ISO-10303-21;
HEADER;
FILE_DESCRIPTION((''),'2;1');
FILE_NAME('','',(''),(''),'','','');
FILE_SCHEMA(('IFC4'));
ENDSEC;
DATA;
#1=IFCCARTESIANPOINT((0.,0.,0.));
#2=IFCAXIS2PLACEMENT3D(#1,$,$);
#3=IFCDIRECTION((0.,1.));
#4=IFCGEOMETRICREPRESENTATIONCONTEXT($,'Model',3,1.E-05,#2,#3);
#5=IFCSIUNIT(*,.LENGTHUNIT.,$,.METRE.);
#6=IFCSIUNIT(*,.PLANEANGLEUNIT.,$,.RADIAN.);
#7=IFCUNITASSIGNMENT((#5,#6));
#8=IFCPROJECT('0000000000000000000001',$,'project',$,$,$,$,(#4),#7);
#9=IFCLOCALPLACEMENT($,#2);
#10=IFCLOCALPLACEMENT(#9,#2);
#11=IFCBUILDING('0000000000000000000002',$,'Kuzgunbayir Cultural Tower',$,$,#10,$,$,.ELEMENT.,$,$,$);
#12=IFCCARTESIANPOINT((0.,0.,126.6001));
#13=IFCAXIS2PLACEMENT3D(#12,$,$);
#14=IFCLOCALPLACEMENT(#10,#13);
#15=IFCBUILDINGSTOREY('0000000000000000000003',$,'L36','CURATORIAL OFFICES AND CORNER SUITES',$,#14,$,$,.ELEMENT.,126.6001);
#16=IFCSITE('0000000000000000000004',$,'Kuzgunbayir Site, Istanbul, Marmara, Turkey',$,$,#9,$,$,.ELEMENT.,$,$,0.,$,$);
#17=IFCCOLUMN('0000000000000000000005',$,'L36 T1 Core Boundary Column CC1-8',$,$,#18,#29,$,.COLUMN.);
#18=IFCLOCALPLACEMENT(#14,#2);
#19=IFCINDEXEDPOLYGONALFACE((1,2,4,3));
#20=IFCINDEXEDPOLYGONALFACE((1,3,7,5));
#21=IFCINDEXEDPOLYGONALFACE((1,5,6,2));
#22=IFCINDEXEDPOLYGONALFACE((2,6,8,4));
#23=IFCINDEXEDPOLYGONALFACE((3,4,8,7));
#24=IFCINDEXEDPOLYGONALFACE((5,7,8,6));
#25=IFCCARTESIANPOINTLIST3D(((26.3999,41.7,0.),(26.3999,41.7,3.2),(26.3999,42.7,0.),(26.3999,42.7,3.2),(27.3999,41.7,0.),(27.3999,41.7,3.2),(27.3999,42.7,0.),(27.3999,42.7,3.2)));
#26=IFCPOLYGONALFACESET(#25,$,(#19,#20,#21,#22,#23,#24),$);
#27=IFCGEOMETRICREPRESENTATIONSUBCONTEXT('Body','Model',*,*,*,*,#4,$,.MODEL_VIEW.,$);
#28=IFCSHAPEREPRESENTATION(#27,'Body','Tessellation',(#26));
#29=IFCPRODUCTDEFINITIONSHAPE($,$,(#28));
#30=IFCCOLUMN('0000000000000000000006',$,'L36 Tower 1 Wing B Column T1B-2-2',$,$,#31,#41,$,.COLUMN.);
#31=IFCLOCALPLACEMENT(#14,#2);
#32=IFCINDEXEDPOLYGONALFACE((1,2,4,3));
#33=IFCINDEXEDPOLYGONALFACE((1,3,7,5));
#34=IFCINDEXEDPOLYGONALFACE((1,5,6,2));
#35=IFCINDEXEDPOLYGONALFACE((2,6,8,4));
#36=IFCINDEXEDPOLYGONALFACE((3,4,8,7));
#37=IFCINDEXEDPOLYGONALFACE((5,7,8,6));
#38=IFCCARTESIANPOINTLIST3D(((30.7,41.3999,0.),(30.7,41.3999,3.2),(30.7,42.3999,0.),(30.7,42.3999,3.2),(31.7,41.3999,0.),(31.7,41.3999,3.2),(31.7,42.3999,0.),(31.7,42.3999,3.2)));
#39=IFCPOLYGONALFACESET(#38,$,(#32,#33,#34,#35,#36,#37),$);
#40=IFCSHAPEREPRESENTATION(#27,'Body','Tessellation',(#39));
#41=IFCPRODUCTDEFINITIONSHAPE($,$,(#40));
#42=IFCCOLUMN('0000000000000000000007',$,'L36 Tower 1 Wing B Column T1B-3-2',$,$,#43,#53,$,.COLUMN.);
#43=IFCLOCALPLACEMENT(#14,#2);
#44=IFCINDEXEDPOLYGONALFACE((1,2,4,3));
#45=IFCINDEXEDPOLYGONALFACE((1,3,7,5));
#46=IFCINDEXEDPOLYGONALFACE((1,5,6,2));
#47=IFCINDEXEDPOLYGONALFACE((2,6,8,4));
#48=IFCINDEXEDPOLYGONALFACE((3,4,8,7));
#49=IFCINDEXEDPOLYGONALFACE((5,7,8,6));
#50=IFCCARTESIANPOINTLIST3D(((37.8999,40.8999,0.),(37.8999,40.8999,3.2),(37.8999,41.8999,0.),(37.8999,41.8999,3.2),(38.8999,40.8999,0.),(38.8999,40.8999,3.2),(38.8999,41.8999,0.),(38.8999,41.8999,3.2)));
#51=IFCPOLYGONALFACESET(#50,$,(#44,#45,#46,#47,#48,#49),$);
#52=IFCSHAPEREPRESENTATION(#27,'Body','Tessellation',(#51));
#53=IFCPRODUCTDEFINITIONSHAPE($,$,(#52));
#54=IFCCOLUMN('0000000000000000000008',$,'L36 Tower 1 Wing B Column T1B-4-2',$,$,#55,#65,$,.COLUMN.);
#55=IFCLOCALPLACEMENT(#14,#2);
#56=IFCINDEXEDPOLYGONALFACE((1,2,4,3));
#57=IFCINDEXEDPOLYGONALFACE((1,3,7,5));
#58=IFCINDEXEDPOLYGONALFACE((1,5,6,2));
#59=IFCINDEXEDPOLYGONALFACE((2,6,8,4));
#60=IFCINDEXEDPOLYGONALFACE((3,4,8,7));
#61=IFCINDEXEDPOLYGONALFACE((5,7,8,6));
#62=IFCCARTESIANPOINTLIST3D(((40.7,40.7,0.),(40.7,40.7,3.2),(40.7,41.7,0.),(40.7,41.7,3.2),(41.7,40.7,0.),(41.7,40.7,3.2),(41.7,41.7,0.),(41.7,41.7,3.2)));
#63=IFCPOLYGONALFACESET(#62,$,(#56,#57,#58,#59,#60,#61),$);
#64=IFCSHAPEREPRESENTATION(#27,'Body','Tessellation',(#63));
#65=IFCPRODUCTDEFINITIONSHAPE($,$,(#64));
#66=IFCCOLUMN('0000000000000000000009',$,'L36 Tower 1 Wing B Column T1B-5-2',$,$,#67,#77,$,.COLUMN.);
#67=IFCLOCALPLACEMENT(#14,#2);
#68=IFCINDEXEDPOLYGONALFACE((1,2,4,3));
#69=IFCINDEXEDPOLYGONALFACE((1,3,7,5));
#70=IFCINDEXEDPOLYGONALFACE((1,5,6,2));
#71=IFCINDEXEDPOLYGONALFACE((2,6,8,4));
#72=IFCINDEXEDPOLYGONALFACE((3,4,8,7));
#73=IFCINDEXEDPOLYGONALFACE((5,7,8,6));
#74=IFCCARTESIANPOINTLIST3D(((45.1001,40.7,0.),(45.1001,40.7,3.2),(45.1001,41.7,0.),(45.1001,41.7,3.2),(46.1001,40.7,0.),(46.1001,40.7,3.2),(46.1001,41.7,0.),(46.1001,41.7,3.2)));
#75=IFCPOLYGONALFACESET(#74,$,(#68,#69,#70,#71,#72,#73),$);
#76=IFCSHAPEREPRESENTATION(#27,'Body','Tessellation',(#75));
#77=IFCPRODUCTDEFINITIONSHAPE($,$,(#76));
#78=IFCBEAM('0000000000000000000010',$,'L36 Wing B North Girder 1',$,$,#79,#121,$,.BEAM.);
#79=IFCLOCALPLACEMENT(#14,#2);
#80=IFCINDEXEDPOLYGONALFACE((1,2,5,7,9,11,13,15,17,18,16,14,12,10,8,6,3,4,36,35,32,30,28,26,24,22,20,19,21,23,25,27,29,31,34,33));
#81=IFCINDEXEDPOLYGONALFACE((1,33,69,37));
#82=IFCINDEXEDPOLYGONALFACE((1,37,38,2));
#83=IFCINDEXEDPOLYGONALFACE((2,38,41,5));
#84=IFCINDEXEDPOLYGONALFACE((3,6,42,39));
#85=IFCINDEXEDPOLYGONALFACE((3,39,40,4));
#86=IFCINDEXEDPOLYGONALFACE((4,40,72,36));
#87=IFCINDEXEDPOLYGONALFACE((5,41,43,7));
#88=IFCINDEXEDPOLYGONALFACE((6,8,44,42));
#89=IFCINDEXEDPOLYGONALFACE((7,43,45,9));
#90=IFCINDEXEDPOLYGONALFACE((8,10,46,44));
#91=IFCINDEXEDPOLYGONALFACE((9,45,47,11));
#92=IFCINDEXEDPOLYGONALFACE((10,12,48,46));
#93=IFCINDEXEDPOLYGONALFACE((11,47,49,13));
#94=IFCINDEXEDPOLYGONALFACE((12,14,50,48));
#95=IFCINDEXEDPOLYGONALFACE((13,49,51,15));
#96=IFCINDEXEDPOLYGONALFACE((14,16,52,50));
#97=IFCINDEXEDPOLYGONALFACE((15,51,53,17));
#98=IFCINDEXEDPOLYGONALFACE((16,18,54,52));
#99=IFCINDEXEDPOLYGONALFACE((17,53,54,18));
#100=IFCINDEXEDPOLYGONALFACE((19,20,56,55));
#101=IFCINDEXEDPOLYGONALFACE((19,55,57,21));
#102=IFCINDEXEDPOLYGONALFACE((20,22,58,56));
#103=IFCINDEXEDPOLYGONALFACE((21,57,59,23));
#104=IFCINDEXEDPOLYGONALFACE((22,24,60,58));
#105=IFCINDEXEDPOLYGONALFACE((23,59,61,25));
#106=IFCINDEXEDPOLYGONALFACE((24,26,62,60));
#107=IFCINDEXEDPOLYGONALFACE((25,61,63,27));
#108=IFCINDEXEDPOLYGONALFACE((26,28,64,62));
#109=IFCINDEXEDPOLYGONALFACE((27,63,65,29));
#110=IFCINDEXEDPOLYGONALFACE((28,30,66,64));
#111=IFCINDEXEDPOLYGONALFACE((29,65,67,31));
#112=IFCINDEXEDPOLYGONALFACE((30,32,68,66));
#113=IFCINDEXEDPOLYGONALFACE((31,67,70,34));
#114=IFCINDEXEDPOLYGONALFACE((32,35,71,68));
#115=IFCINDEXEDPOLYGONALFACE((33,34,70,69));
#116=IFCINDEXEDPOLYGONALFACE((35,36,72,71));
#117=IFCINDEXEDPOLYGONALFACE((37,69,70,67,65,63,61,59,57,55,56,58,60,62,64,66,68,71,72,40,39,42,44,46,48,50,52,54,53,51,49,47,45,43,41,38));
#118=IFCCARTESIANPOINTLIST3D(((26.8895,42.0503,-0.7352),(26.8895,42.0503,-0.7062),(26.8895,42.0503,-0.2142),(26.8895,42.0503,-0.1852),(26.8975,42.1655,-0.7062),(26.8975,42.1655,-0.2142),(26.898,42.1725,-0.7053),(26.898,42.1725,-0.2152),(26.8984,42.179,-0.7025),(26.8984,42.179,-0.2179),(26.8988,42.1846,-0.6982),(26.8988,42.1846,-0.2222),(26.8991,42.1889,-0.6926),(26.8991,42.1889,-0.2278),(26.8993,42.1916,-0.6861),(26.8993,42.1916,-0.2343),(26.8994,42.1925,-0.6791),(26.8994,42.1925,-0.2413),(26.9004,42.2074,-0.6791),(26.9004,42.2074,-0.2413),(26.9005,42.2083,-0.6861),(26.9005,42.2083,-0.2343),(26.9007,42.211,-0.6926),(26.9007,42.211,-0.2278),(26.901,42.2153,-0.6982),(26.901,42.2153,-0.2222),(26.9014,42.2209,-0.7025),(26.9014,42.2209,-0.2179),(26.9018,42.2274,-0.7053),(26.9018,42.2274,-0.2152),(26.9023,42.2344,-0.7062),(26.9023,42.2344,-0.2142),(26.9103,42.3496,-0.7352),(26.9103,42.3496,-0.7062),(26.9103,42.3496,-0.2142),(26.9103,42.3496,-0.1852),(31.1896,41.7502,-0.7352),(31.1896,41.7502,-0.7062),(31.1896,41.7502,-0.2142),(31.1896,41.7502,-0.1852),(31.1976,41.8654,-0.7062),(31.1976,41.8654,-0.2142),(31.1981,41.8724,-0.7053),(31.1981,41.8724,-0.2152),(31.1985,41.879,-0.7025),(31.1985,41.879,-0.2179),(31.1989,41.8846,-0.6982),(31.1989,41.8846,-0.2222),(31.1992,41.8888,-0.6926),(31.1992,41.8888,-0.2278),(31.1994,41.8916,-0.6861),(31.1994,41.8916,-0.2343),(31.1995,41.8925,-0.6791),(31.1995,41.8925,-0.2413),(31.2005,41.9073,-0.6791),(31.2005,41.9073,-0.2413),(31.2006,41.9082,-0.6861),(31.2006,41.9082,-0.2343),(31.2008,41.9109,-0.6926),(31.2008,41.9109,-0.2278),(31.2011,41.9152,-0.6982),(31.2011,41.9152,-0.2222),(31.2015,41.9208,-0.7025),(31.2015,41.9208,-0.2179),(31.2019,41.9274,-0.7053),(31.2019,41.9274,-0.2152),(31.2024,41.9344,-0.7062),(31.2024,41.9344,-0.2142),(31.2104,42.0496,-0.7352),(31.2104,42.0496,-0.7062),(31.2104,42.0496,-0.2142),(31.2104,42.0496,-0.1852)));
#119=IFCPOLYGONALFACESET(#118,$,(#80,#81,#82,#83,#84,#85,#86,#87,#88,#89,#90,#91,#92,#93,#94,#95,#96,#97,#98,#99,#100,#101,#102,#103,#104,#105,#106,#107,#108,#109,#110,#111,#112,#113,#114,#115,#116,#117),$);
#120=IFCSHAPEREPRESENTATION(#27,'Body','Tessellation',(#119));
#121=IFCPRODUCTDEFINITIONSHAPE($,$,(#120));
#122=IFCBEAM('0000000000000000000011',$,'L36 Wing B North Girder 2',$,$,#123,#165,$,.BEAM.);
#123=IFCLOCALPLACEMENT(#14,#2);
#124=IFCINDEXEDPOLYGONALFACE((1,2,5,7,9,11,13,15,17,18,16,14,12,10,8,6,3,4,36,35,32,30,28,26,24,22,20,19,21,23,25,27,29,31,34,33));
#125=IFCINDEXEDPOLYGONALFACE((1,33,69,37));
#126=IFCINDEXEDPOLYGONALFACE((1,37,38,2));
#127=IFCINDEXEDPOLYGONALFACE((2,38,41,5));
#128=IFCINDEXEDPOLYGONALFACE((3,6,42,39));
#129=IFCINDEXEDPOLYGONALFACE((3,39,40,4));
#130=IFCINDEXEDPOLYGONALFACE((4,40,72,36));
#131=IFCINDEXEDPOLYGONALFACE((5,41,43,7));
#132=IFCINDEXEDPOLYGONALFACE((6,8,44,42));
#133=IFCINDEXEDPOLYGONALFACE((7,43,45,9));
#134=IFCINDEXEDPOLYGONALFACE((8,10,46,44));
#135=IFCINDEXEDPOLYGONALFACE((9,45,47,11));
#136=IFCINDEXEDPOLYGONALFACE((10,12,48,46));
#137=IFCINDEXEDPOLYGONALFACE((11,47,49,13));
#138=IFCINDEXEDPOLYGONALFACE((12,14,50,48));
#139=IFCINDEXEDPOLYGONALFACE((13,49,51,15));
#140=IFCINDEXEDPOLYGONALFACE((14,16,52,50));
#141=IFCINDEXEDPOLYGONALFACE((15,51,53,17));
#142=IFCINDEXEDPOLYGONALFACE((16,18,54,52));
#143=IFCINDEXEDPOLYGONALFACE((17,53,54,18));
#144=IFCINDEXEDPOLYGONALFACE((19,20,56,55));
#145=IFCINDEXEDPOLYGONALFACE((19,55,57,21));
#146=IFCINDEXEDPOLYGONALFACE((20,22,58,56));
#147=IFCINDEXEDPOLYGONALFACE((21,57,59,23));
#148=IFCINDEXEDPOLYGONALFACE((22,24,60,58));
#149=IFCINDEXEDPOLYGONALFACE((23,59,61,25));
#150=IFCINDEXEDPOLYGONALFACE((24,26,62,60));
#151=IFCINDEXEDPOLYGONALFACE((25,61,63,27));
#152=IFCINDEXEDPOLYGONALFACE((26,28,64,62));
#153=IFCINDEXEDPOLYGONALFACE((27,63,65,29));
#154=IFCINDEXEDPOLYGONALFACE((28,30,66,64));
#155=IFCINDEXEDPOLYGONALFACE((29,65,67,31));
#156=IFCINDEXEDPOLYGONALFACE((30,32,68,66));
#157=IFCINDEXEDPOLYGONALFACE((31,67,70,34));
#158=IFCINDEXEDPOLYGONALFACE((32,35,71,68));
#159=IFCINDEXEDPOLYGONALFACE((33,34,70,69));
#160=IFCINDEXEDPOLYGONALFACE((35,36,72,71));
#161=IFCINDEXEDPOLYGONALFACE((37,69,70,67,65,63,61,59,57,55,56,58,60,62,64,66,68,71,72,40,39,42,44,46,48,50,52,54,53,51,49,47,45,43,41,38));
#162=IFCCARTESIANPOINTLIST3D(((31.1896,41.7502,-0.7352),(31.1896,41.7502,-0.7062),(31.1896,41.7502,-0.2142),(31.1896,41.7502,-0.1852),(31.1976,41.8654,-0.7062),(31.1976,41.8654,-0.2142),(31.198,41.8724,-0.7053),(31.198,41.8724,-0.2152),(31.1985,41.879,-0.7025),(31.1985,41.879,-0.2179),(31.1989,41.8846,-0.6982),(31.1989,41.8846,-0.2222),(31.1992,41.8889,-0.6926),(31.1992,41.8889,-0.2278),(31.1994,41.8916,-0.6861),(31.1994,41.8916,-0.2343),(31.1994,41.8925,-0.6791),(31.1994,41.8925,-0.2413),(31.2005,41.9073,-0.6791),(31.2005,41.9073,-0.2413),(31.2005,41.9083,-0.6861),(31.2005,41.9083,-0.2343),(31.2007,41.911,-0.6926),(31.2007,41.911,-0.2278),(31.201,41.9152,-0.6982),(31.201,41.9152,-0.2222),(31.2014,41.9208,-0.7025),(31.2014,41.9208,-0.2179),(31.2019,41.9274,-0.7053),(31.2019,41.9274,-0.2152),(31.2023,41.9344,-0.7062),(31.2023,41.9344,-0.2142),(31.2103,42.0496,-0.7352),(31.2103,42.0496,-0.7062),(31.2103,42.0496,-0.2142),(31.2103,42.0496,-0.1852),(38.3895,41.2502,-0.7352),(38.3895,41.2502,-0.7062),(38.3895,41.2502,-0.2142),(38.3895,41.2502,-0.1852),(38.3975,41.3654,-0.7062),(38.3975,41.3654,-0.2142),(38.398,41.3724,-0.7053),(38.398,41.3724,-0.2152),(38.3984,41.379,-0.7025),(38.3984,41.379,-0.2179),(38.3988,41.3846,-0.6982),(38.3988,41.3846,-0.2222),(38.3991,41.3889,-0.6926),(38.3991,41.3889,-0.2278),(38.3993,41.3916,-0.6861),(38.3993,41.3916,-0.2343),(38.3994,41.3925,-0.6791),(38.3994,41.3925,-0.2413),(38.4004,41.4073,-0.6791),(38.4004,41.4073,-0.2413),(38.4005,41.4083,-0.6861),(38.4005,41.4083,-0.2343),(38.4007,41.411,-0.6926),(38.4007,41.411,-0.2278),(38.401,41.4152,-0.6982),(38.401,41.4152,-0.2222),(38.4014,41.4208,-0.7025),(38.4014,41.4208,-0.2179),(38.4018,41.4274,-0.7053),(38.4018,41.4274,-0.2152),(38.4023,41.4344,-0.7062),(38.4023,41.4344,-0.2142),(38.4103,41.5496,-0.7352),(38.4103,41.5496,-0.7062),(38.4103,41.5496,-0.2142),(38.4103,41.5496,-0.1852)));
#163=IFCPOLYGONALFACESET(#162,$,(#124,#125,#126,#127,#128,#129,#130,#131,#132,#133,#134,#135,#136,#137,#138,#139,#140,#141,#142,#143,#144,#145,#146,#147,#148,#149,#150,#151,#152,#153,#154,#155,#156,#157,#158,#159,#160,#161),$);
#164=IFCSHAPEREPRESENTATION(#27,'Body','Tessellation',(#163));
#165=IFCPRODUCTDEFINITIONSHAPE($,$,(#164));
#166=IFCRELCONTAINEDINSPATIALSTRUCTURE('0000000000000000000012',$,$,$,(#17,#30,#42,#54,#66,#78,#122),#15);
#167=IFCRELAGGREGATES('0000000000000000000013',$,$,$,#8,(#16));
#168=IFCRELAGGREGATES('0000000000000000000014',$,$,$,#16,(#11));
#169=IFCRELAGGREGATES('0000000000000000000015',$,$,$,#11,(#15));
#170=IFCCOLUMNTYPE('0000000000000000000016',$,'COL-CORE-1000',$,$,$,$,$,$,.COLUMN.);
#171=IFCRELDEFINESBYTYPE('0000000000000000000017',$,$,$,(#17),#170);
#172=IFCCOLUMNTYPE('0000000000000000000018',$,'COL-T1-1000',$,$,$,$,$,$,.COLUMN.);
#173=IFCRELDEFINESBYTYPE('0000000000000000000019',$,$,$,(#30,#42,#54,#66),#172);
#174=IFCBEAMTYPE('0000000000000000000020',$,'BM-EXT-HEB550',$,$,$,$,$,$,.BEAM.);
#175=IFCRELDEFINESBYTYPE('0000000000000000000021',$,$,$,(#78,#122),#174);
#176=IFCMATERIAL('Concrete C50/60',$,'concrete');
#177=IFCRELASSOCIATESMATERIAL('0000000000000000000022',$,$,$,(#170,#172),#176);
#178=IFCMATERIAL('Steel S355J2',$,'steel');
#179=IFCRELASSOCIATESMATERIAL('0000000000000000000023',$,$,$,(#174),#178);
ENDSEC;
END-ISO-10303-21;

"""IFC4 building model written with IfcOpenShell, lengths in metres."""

from ifc_helpers import new_model, si_unit, direction, frame, origin, origin_2d, place, context, subcontext, project, spatial, rectangle, i_section, extrude, material, material_profile, profile_set, type_object, element, save


model = new_model("IFC4")

# Units and contexts
model_context = context("Model", 3, precision=1e-05, world=origin(), true_north=direction((0.0, 1.0)))
body_context = subcontext(model_context, "Body", "Model", "MODEL_VIEW")
ifc_project = project(units=[si_unit("LENGTHUNIT", "METRE"), si_unit("PLANEANGLEUNIT", "RADIAN")], contexts=[model_context])

# Site, building, storey
site_placement = place(None, origin())
site = spatial("IfcSite", under=ifc_project, at=site_placement, Name="Kuzgunbayir Site, Istanbul, Marmara, Turkey", CompositionType="ELEMENT", RefElevation=0.0)
building_placement = place(site_placement, origin())
building = spatial("IfcBuilding", under=site, at=building_placement, Name="Kuzgunbayir Cultural Tower", CompositionType="ELEMENT")
storey_placement = place(building_placement, frame((0.0, 0.0, 126.6001)))
storey = spatial("IfcBuildingStorey", under=building, at=storey_placement, Name="L36", Description="CURATORIAL OFFICES AND CORNER SUITES", CompositionType="ELEMENT", Elevation=126.6001)

# Columns
ifc_material_1 = material(Name="Concrete C50/60", Category="concrete")
ifc_material_profile_1 = material_profile(ifc_material_1, rectangle(XDim=1.0, YDim=1.0, at=origin_2d()), Name="RC 1000x1000")
ifc_profile_set_1 = profile_set([ifc_material_profile_1], Name="Concrete C50/60")
column_type_1 = type_object("IfcColumnType", Name="COL-CORE-1000", PredefinedType="COLUMN", material=ifc_profile_set_1)
column_placement = place(storey_placement, frame((26.8999, 42.2, 0.0), z_axis=(0.0, 0.0, 1.0), x_axis=(1.0, 0.0, 0.0)))
element("IfcColumn", 1, at=column_placement, inside=storey, type_object=column_type_1, Name="L36 T1 Core Boundary Column CC1-8", PredefinedType="COLUMN", context=body_context, shape_type="SweptSolid", body=[
    extrude(rectangle(XDim=1.0, YDim=1.0, at=origin_2d()), origin(), (0.0, 0.0, 1.0), 3.2),
])
ifc_material_profile_2 = material_profile(ifc_material_1, rectangle(XDim=1.0, YDim=1.0, at=origin_2d()), Name="RC 1000x1000")
ifc_profile_set_2 = profile_set([ifc_material_profile_2], Name="Concrete C50/60")
column_type_2 = type_object("IfcColumnType", Name="COL-T1-1000", PredefinedType="COLUMN", material=ifc_profile_set_2)
for number, where, z_axis, x_axis, name in (
    (2, (31.2, 41.8999, 0.0), (0.0, 0.0, 1.0), (1.0, 0.0, 0.0), "L36 Tower 1 Wing B Column T1B-2-2"),
    (3, (38.3999, 41.3999, 0.0), (0.0, 0.0, 1.0), (1.0, 0.0, 0.0), "L36 Tower 1 Wing B Column T1B-3-2"),
    (4, (41.2, 41.2, 0.0), (0.0, 0.0, 1.0), (1.0, 0.0, 0.0), "L36 Tower 1 Wing B Column T1B-4-2"),
    (5, (45.6001, 41.2, 0.0), (0.0, 0.0, 1.0), (1.0, 0.0, 0.0), "L36 Tower 1 Wing B Column T1B-5-2"),
):
    element("IfcColumn", number, at=place(storey_placement, frame(where, z_axis=z_axis, x_axis=x_axis)), inside=storey, type_object=column_type_2, Name=name, PredefinedType="COLUMN", context=body_context, shape_type="SweptSolid", body=[
        extrude(rectangle(XDim=1.0, YDim=1.0, at=origin_2d()), origin(), (0.0, 0.0, 1.0), 3.2),
    ])

# Beams
ifc_material_2 = material(Name="Steel S355J2", Category="steel")
ifc_material_profile_3 = material_profile(ifc_material_2, i_section(OverallWidth=0.3, OverallDepth=0.55, WebThickness=0.0149, FlangeThickness=0.0291, FilletRadius=0.0271, at=origin_2d()), Name="HEB 550")
ifc_profile_set_3 = profile_set([ifc_material_profile_3], Name="Steel S355J2")
beam_type_1 = type_object("IfcBeamType", Name="BM-EXT-HEB550", PredefinedType="BEAM", material=ifc_profile_set_3)
beam_1_placement = place(storey_placement, frame((26.8999, 42.2, -0.4602), z_axis=(0.997574, -0.069609, 0.0), x_axis=(0.069609, 0.997574, 0.0)))
element("IfcBeam", 6, at=beam_1_placement, inside=storey, type_object=beam_type_1, Name="L36 Wing B North Girder 1", PredefinedType="BEAM", context=body_context, shape_type="SweptSolid", body=[
    extrude(i_section(OverallWidth=0.3, OverallDepth=0.55, WebThickness=0.0149, FlangeThickness=0.0291, FilletRadius=0.0271, at=origin_2d()), origin(), (0.0, 0.0, 1.0), 4.3105),
])
beam_2_placement = place(storey_placement, frame((31.2, 41.8999, -0.4602), z_axis=(0.997597, -0.069278, 0.0), x_axis=(0.069278, 0.997597, 0.0)))
element("IfcBeam", 7, at=beam_2_placement, inside=storey, type_object=beam_type_1, Name="L36 Wing B North Girder 2", PredefinedType="BEAM", context=body_context, shape_type="SweptSolid", body=[
    extrude(i_section(OverallWidth=0.3, OverallDepth=0.55, WebThickness=0.0149, FlangeThickness=0.0291, FilletRadius=0.0271, at=origin_2d()), origin(), (0.0, 0.0, 1.0), 7.2173),
])

save(model, "model.ifc")
